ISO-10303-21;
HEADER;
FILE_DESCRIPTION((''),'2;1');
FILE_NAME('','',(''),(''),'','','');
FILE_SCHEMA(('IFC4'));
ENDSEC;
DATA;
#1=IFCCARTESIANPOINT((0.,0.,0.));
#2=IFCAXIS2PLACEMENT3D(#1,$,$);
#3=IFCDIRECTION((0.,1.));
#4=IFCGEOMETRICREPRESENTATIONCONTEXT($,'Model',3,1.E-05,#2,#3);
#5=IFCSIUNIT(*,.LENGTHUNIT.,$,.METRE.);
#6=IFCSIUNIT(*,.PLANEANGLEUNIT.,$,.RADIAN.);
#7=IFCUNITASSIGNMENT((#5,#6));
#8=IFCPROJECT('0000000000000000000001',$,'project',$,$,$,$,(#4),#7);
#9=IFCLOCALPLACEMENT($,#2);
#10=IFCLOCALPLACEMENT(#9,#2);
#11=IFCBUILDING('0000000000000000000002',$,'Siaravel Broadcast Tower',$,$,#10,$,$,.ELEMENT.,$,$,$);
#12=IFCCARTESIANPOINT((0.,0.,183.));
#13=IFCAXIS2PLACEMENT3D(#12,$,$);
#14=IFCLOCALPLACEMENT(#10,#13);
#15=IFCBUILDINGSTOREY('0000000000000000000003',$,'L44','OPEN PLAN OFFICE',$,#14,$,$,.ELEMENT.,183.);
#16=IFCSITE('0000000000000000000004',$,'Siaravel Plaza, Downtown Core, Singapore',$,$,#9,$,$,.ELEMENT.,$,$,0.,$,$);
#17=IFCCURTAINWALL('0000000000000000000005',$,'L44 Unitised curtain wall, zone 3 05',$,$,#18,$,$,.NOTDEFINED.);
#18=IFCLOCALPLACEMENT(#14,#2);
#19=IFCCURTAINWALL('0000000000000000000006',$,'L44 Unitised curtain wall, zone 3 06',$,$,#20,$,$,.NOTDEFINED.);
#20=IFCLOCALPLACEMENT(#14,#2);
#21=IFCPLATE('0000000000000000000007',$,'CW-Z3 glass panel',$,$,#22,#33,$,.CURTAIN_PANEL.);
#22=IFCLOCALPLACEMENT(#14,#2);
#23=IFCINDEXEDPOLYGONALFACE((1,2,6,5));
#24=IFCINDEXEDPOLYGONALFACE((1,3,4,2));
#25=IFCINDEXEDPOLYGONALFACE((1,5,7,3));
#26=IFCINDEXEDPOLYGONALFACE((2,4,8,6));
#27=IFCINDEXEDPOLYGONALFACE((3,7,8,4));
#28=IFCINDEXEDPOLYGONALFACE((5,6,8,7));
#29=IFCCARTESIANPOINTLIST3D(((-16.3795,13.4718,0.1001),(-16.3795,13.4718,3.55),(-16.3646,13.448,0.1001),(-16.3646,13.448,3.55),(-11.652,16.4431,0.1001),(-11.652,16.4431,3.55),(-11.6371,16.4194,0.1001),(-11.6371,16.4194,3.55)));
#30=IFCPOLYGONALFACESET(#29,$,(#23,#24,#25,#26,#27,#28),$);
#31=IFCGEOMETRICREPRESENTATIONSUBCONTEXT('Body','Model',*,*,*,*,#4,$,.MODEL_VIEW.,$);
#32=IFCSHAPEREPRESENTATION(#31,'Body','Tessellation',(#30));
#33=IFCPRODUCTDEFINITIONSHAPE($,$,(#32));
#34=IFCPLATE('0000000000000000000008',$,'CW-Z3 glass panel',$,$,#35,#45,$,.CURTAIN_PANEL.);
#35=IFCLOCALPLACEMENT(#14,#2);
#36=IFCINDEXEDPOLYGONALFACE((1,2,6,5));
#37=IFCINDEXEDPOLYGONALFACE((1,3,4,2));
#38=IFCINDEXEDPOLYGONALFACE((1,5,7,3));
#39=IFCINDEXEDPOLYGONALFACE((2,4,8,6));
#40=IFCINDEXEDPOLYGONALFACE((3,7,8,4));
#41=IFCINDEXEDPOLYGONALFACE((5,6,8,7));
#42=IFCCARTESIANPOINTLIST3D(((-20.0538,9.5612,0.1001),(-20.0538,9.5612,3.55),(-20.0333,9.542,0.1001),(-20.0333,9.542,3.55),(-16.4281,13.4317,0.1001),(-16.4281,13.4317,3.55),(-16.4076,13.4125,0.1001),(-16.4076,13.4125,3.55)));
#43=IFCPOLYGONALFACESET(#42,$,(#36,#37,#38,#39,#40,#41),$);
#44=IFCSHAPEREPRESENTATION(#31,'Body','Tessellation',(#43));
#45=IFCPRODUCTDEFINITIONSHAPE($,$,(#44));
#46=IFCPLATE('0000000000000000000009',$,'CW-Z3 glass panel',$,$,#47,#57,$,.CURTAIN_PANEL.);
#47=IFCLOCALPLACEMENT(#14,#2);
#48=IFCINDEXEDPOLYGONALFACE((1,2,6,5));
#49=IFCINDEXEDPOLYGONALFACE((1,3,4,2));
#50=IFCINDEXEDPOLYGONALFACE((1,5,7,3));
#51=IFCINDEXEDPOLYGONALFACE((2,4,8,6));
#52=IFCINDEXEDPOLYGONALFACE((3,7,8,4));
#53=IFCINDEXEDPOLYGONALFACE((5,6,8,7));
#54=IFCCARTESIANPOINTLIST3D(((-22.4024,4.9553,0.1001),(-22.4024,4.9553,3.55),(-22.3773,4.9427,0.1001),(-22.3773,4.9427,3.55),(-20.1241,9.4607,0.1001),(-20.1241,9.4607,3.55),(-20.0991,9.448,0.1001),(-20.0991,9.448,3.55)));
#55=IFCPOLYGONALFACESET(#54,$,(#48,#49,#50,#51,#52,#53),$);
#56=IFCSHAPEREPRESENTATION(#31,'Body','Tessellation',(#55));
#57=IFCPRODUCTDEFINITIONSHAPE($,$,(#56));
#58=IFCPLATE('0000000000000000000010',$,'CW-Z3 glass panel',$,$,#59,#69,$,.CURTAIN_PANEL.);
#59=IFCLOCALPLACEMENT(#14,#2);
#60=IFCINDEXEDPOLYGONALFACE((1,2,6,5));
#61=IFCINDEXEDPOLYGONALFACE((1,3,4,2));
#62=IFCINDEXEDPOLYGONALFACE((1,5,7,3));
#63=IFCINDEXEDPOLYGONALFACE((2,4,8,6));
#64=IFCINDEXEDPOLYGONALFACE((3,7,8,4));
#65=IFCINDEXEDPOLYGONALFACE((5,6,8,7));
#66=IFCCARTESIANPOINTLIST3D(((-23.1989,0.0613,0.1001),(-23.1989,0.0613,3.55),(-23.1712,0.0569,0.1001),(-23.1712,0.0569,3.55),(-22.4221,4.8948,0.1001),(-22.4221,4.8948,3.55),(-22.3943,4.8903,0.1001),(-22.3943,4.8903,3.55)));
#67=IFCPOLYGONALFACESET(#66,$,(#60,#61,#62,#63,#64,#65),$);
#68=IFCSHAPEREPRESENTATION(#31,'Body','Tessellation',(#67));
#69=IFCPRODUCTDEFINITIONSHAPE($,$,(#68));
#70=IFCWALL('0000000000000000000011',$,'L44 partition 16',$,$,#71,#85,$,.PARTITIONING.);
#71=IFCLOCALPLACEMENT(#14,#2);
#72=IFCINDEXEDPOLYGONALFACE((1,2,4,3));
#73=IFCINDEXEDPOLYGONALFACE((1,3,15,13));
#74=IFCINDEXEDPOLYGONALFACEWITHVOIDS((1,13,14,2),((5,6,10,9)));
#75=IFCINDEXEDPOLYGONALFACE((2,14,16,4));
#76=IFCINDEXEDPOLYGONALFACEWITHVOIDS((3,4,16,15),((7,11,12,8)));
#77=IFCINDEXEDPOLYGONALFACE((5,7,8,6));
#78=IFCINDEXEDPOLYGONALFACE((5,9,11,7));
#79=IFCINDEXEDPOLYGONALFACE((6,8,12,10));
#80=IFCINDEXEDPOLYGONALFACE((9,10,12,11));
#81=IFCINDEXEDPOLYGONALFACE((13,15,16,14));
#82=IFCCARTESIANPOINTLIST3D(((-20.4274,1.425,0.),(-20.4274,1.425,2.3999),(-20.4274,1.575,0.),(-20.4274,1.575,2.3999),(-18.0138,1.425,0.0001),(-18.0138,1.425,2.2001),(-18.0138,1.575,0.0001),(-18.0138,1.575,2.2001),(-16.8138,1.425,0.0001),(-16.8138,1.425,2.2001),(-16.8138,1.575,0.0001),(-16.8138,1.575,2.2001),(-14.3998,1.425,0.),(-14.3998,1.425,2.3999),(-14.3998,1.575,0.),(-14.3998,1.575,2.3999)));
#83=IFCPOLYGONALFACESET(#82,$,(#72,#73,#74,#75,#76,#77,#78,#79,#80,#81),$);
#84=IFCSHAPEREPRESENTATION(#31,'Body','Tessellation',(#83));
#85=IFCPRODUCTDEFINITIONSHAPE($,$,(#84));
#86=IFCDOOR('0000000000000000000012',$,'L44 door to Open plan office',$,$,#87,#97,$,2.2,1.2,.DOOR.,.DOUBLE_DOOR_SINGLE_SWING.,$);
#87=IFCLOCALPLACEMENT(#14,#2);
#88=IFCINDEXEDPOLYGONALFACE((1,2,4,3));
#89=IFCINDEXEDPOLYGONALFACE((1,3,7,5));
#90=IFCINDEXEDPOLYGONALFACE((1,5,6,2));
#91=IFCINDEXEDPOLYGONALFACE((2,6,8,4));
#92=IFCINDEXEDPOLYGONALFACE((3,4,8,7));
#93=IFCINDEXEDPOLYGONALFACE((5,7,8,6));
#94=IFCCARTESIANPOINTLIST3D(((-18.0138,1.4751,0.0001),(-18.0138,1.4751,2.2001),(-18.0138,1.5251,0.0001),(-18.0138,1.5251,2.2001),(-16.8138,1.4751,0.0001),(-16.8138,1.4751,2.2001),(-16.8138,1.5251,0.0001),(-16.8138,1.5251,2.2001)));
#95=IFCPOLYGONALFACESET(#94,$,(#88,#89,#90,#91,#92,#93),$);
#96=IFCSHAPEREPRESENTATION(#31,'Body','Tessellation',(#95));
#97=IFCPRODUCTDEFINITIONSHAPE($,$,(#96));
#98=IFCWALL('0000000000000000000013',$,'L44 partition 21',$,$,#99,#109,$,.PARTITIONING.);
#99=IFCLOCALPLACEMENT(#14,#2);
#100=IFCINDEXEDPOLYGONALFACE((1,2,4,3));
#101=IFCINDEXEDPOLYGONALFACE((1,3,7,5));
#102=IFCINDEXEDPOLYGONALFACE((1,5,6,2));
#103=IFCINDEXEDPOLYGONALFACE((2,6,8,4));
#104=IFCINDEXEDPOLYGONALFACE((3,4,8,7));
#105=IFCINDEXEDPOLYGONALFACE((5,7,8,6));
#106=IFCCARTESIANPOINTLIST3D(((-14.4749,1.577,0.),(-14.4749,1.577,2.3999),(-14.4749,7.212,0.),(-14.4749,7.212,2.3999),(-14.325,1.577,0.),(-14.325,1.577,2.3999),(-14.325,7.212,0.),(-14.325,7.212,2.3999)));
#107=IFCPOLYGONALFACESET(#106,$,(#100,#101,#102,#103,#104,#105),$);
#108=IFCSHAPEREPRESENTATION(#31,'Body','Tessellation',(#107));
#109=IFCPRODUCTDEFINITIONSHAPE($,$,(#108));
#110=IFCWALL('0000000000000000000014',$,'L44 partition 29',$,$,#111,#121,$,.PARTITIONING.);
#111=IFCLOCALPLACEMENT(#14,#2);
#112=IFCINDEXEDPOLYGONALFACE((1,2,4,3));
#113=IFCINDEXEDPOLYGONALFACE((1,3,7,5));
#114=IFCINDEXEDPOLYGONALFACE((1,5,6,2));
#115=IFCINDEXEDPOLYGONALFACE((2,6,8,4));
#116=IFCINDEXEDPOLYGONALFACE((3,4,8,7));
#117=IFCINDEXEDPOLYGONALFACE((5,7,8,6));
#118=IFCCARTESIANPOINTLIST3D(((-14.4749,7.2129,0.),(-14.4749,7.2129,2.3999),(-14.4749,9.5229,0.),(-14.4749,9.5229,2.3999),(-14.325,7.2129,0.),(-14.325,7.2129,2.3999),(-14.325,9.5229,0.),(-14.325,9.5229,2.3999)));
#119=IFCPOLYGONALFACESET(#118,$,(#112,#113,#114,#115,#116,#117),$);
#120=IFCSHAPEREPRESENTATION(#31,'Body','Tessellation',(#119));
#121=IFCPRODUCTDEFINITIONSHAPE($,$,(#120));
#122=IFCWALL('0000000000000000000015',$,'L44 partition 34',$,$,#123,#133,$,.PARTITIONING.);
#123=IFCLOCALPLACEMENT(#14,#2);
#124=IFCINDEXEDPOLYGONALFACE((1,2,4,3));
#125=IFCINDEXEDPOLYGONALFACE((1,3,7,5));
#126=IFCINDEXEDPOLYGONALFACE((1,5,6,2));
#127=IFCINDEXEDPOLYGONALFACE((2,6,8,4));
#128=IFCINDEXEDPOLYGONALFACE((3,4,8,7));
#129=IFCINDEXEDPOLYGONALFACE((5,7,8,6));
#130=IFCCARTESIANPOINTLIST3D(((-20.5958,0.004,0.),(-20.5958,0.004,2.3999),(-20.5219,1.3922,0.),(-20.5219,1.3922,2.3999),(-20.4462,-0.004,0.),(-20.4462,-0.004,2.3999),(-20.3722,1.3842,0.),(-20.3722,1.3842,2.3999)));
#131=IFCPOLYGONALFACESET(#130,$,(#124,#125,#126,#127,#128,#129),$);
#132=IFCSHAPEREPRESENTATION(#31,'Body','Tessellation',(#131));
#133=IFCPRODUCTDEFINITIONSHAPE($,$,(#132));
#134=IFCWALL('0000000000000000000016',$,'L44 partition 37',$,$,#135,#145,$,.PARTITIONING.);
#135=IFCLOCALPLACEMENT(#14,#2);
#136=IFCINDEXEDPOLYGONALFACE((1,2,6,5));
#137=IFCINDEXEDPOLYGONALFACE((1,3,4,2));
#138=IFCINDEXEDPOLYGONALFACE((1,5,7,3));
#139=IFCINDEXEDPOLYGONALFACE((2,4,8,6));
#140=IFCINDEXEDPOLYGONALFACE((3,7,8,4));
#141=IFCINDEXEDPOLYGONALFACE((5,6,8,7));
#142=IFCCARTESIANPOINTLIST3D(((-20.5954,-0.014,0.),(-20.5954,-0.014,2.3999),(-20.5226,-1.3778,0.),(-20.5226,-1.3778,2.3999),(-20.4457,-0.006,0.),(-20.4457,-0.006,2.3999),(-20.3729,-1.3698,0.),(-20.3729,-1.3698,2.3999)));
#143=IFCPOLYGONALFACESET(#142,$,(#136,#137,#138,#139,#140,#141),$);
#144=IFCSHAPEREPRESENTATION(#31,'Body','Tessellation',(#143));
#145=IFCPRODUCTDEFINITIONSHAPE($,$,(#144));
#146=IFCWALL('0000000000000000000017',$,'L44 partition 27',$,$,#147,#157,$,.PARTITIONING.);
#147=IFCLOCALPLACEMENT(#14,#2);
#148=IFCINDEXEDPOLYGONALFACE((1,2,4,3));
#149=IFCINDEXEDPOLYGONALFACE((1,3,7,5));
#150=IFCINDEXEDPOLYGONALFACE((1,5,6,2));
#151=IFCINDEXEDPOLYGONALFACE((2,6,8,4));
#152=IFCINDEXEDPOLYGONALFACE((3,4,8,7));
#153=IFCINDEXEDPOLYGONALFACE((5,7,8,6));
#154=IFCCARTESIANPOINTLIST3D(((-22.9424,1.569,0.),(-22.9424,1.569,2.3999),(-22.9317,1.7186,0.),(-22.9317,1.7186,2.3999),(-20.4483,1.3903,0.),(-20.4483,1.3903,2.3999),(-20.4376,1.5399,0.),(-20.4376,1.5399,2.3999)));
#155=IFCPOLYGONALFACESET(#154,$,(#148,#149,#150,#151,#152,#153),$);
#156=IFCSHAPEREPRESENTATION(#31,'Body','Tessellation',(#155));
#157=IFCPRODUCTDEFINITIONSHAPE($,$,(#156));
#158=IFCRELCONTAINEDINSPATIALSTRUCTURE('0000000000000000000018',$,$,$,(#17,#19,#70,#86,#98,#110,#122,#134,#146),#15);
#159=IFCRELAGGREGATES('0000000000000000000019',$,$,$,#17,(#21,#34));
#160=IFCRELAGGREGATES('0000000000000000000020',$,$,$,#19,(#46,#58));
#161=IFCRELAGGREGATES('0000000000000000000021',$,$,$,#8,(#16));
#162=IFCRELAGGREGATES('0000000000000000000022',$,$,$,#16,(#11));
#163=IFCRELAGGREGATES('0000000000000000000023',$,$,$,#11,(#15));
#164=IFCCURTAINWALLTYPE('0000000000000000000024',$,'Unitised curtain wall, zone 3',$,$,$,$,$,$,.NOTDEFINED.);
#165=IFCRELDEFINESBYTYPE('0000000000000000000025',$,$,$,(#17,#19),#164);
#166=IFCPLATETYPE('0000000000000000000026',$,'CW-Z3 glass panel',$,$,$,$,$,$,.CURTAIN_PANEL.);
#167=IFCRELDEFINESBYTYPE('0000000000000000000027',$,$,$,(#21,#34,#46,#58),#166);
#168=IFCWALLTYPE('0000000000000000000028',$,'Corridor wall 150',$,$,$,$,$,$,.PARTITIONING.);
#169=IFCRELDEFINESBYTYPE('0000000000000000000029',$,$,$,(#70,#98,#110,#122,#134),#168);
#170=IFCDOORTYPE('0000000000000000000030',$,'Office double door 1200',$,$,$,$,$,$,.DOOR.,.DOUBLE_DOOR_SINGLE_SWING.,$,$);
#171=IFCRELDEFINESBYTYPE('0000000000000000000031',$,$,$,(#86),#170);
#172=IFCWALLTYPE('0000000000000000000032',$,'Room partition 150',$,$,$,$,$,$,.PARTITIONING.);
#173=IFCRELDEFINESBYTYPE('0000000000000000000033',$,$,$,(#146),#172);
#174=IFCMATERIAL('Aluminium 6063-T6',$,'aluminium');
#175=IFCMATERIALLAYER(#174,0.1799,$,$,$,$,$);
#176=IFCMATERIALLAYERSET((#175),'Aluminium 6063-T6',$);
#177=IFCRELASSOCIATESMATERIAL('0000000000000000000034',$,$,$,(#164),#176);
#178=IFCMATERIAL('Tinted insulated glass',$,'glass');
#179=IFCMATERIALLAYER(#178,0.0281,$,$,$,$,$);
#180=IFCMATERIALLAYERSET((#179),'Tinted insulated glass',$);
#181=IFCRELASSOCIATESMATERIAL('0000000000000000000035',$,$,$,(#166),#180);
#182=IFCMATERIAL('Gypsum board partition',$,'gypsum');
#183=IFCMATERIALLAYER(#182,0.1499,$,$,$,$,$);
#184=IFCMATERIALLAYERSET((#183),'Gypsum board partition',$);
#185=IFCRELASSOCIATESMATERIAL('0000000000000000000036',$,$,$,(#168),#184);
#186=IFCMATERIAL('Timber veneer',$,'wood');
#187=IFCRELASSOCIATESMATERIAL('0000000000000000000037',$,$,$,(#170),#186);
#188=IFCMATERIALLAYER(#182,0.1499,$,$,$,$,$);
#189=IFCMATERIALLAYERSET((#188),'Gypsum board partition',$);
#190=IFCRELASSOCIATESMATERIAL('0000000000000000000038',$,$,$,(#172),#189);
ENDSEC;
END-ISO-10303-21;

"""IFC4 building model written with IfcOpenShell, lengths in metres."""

from ifc_helpers import new_model, si_unit, direction, frame, frame_2d, origin, origin_2d, place, context, subcontext, project, spatial, rectangle, extrude, material, layer, layer_set, type_object, element, fill, aggregate, save


model = new_model("IFC4")

# Units and contexts
model_context = context("Model", 3, precision=1e-05, world=origin(), true_north=direction((0.0, 1.0)))
body_context = subcontext(model_context, "Body", "Model", "MODEL_VIEW")
ifc_project = project(units=[si_unit("LENGTHUNIT", "METRE"), si_unit("PLANEANGLEUNIT", "RADIAN")], contexts=[model_context])

# Site, building, storey
site_placement = place(None, origin())
site = spatial("IfcSite", under=ifc_project, at=site_placement, Name="Siaravel Plaza, Downtown Core, Singapore", CompositionType="ELEMENT", RefElevation=0.0)
building_placement = place(site_placement, origin())
building = spatial("IfcBuilding", under=site, at=building_placement, Name="Siaravel Broadcast Tower", CompositionType="ELEMENT")
storey_placement = place(building_placement, frame((0.0, 0.0, 183.0)))
storey = spatial("IfcBuildingStorey", under=building, at=storey_placement, Name="L44", Description="OPEN PLAN OFFICE", CompositionType="ELEMENT", Elevation=183.0)

# Curtain walls
ifc_material_1 = material(Name="Aluminium 6063-T6", Category="aluminium")
ifc_layer_1 = layer(ifc_material_1, 0.1799)
ifc_layer_set_1 = layer_set([ifc_layer_1], Name="Aluminium 6063-T6")
curtain_wall_type = type_object("IfcCurtainWallType", Name="Unitised curtain wall, zone 3", PredefinedType="NOTDEFINED", material=ifc_layer_set_1)
curtain_wall_1_placement = place(storey_placement, origin())
curtain_wall_1 = element("IfcCurtainWall", 1, at=curtain_wall_1_placement, inside=storey, type_object=curtain_wall_type, Name="L44 Unitised curtain wall, zone 3 05", PredefinedType="NOTDEFINED")
curtain_wall_2_placement = place(storey_placement, origin())
curtain_wall_2 = element("IfcCurtainWall", 2, at=curtain_wall_2_placement, inside=storey, type_object=curtain_wall_type, Name="L44 Unitised curtain wall, zone 3 06", PredefinedType="NOTDEFINED")

# Plates
ifc_material_2 = material(Name="Tinted insulated glass", Category="glass")
ifc_layer_2 = layer(ifc_material_2, 0.0281)
ifc_layer_set_2 = layer_set([ifc_layer_2], Name="Tinted insulated glass")
plate_type = type_object("IfcPlateType", Name="CW-Z3 glass panel", PredefinedType="CURTAIN_PANEL", material=ifc_layer_set_2)
plate_1_placement = place(storey_placement, frame((-14.0083, 14.9456, 0.1001), z_axis=(0.0, 0.0, 1.0), x_axis=(-0.846651, -0.532149, 0.0)))
plate_1 = element("IfcPlate", 3, at=plate_1_placement, type_object=plate_type, Name="CW-Z3 glass panel", PredefinedType="CURTAIN_PANEL", context=body_context, shape_type="SweptSolid", body=[
    extrude(rectangle(XDim=5.5837, YDim=0.0281, at=origin_2d()), origin(), (0.0, 0.0, 1.0), 3.45),
])
plate_2_placement = place(storey_placement, frame((-18.2307, 11.4868, 0.1001), z_axis=(0.0, 0.0, 1.0), x_axis=(-0.683655, -0.729805, 0.0)))
plate_2 = element("IfcPlate", 4, at=plate_2_placement, type_object=plate_type, Name="CW-Z3 glass panel", PredefinedType="CURTAIN_PANEL", context=body_context, shape_type="SweptSolid", body=[
    extrude(rectangle(XDim=5.3035, YDim=0.0281, at=origin_2d()), origin(), (0.0, 0.0, 1.0), 3.45),
])
aggregate(curtain_wall_1, [plate_1, plate_2])
plate_3_placement = place(storey_placement, frame((-21.2507, 7.2017, 0.1001), z_axis=(0.0, 0.0, 1.0), x_axis=(-0.451261, -0.892392, 0.0)))
plate_3 = element("IfcPlate", 5, at=plate_3_placement, type_object=plate_type, Name="CW-Z3 glass panel", PredefinedType="CURTAIN_PANEL", context=body_context, shape_type="SweptSolid", body=[
    extrude(rectangle(XDim=5.0486, YDim=0.0281, at=origin_2d()), origin(), (0.0, 0.0, 1.0), 3.45),
])
plate_4_placement = place(storey_placement, frame((-22.7966, 2.4758, 0.1001), z_axis=(0.0, 0.0, 1.0), x_axis=(-0.158686, -0.987329, 0.0)))
plate_4 = element("IfcPlate", 6, at=plate_4_placement, type_object=plate_type, Name="CW-Z3 glass panel", PredefinedType="CURTAIN_PANEL", context=body_context, shape_type="SweptSolid", body=[
    extrude(rectangle(XDim=4.8955, YDim=0.0281, at=origin_2d()), origin(), (0.0, 0.0, 1.0), 3.45),
])
aggregate(curtain_wall_2, [plate_3, plate_4])

# Wall, opening, door
ifc_material_3 = material(Name="Gypsum board partition", Category="gypsum")
ifc_layer_3 = layer(ifc_material_3, 0.1499)
ifc_layer_set_3 = layer_set([ifc_layer_3], Name="Gypsum board partition")
wall_type_1 = type_object("IfcWallType", Name="Corridor wall 150", PredefinedType="PARTITIONING", material=ifc_layer_set_3)
wall_1_placement = place(storey_placement, frame((-14.3999, 1.5, 0.0), z_axis=(0.0, 0.0, 1.0), x_axis=(-1.0, 0.0, 0.0)))
wall_1 = element("IfcWall", 7, at=wall_1_placement, inside=storey, type_object=wall_type_1, Name="L44 partition 16", PredefinedType="PARTITIONING", context=body_context, shape_type="SweptSolid", body=[
    extrude(rectangle(XDim=6.0276, YDim=0.1499, at=frame_2d((3.0137, 0.0))), origin(), (0.0, 0.0, 1.0), 2.3999),
])
opening_placement = place(wall_1_placement, frame((2.4138, 0.0, 0.0)))
opening = element("IfcOpeningElement", 8, at=opening_placement, cuts=wall_1, PredefinedType="OPENING", context=body_context, shape_type="SweptSolid", body=[
    extrude(rectangle(XDim=1.2, YDim=2.2, at=frame_2d((0.6001, 1.1001))), frame((0.0, 0.085, 0.0), z_axis=(0.0, -1.0, 0.0), x_axis=(1.0, 0.0, 0.0)), (0.0, 0.0, 1.0), 0.1699),
])
ifc_material_4 = material(Name="Timber veneer", Category="wood")
door_type = type_object("IfcDoorType", Name="Office double door 1200", OperationType="DOUBLE_DOOR_SINGLE_SWING", PredefinedType="DOOR", material=ifc_material_4)
door_placement = place(opening_placement, origin())
door = element("IfcDoor", 9, at=door_placement, inside=storey, type_object=door_type, Name="L44 door to Open plan office", OperationType="DOUBLE_DOOR_SINGLE_SWING", OverallHeight=2.2, OverallWidth=1.2, PredefinedType="DOOR", context=body_context, shape_type="SweptSolid", body=[
    extrude(rectangle(XDim=1.2, YDim=2.2, at=frame_2d((0.6001, 1.1001))), frame((0.0, 0.0249, 0.0), z_axis=(0.0, -1.0, 0.0), x_axis=(1.0, 0.0, 0.0)), (0.0, 0.0, 1.0), 0.05),
])
fill(opening, door)

# Walls
wall_2_placement = place(storey_placement, frame((-14.3999, 7.2119, 0.0), z_axis=(0.0, 0.0, 1.0), x_axis=(0.0, -1.0, 0.0)))
element("IfcWall", 10, at=wall_2_placement, inside=storey, type_object=wall_type_1, Name="L44 partition 21", PredefinedType="PARTITIONING", context=body_context, shape_type="SweptSolid", body=[
    extrude(rectangle(XDim=5.635, YDim=0.1499, at=frame_2d((2.8174, 0.0))), origin(), (0.0, 0.0, 1.0), 2.3999),
])
wall_3_placement = place(storey_placement, frame((-14.3999, 9.5229, 0.0), z_axis=(0.0, 0.0, 1.0), x_axis=(0.0, -1.0, 0.0)))
element("IfcWall", 11, at=wall_3_placement, inside=storey, type_object=wall_type_1, Name="L44 partition 29", PredefinedType="PARTITIONING", context=body_context, shape_type="SweptSolid", body=[
    extrude(rectangle(XDim=2.3101, YDim=0.1499, at=frame_2d((1.155, 0.0))), origin(), (0.0, 0.0, 1.0), 2.3999),
])
wall_4_placement = place(storey_placement, frame((-20.447, 1.3882, 0.0), z_axis=(0.0, 0.0, 1.0), x_axis=(-0.053213, -0.998583, 0.0)))
element("IfcWall", 12, at=wall_4_placement, inside=storey, type_object=wall_type_1, Name="L44 partition 34", PredefinedType="PARTITIONING", context=body_context, shape_type="SweptSolid", body=[
    extrude(rectangle(XDim=1.3901, YDim=0.1499, at=frame_2d((0.6951, 0.0))), origin(), (0.0, 0.0, 1.0), 2.3999),
])
wall_5_placement = place(storey_placement, frame((-20.5205, -0.01, 0.0), z_axis=(0.0, 0.0, 1.0), x_axis=(0.053272, -0.99858, 0.0)))
element("IfcWall", 13, at=wall_5_placement, inside=storey, type_object=wall_type_1, Name="L44 partition 37", PredefinedType="PARTITIONING", context=body_context, shape_type="SweptSolid", body=[
    extrude(rectangle(XDim=1.3657, YDim=0.1499, at=frame_2d((0.6829, 0.0))), origin(), (0.0, 0.0, 1.0), 2.3999),
])
ifc_layer_4 = layer(ifc_material_3, 0.1499)
ifc_layer_set_4 = layer_set([ifc_layer_4], Name="Gypsum board partition")
wall_type_2 = type_object("IfcWallType", Name="Room partition 150", PredefinedType="PARTITIONING", material=ifc_layer_set_4)
wall_6_placement = place(storey_placement, frame((-22.937, 1.6438, 0.0), z_axis=(0.0, 0.0, 1.0), x_axis=(0.997443, -0.071469, 0.0)))
element("IfcWall", 14, at=wall_6_placement, inside=storey, type_object=wall_type_2, Name="L44 partition 27", PredefinedType="PARTITIONING", context=body_context, shape_type="SweptSolid", body=[
    extrude(rectangle(XDim=2.5005, YDim=0.1499, at=frame_2d((1.2502, 0.0))), origin(), (0.0, 0.0, 1.0), 2.3999),
])

save(model, "model.ifc")
